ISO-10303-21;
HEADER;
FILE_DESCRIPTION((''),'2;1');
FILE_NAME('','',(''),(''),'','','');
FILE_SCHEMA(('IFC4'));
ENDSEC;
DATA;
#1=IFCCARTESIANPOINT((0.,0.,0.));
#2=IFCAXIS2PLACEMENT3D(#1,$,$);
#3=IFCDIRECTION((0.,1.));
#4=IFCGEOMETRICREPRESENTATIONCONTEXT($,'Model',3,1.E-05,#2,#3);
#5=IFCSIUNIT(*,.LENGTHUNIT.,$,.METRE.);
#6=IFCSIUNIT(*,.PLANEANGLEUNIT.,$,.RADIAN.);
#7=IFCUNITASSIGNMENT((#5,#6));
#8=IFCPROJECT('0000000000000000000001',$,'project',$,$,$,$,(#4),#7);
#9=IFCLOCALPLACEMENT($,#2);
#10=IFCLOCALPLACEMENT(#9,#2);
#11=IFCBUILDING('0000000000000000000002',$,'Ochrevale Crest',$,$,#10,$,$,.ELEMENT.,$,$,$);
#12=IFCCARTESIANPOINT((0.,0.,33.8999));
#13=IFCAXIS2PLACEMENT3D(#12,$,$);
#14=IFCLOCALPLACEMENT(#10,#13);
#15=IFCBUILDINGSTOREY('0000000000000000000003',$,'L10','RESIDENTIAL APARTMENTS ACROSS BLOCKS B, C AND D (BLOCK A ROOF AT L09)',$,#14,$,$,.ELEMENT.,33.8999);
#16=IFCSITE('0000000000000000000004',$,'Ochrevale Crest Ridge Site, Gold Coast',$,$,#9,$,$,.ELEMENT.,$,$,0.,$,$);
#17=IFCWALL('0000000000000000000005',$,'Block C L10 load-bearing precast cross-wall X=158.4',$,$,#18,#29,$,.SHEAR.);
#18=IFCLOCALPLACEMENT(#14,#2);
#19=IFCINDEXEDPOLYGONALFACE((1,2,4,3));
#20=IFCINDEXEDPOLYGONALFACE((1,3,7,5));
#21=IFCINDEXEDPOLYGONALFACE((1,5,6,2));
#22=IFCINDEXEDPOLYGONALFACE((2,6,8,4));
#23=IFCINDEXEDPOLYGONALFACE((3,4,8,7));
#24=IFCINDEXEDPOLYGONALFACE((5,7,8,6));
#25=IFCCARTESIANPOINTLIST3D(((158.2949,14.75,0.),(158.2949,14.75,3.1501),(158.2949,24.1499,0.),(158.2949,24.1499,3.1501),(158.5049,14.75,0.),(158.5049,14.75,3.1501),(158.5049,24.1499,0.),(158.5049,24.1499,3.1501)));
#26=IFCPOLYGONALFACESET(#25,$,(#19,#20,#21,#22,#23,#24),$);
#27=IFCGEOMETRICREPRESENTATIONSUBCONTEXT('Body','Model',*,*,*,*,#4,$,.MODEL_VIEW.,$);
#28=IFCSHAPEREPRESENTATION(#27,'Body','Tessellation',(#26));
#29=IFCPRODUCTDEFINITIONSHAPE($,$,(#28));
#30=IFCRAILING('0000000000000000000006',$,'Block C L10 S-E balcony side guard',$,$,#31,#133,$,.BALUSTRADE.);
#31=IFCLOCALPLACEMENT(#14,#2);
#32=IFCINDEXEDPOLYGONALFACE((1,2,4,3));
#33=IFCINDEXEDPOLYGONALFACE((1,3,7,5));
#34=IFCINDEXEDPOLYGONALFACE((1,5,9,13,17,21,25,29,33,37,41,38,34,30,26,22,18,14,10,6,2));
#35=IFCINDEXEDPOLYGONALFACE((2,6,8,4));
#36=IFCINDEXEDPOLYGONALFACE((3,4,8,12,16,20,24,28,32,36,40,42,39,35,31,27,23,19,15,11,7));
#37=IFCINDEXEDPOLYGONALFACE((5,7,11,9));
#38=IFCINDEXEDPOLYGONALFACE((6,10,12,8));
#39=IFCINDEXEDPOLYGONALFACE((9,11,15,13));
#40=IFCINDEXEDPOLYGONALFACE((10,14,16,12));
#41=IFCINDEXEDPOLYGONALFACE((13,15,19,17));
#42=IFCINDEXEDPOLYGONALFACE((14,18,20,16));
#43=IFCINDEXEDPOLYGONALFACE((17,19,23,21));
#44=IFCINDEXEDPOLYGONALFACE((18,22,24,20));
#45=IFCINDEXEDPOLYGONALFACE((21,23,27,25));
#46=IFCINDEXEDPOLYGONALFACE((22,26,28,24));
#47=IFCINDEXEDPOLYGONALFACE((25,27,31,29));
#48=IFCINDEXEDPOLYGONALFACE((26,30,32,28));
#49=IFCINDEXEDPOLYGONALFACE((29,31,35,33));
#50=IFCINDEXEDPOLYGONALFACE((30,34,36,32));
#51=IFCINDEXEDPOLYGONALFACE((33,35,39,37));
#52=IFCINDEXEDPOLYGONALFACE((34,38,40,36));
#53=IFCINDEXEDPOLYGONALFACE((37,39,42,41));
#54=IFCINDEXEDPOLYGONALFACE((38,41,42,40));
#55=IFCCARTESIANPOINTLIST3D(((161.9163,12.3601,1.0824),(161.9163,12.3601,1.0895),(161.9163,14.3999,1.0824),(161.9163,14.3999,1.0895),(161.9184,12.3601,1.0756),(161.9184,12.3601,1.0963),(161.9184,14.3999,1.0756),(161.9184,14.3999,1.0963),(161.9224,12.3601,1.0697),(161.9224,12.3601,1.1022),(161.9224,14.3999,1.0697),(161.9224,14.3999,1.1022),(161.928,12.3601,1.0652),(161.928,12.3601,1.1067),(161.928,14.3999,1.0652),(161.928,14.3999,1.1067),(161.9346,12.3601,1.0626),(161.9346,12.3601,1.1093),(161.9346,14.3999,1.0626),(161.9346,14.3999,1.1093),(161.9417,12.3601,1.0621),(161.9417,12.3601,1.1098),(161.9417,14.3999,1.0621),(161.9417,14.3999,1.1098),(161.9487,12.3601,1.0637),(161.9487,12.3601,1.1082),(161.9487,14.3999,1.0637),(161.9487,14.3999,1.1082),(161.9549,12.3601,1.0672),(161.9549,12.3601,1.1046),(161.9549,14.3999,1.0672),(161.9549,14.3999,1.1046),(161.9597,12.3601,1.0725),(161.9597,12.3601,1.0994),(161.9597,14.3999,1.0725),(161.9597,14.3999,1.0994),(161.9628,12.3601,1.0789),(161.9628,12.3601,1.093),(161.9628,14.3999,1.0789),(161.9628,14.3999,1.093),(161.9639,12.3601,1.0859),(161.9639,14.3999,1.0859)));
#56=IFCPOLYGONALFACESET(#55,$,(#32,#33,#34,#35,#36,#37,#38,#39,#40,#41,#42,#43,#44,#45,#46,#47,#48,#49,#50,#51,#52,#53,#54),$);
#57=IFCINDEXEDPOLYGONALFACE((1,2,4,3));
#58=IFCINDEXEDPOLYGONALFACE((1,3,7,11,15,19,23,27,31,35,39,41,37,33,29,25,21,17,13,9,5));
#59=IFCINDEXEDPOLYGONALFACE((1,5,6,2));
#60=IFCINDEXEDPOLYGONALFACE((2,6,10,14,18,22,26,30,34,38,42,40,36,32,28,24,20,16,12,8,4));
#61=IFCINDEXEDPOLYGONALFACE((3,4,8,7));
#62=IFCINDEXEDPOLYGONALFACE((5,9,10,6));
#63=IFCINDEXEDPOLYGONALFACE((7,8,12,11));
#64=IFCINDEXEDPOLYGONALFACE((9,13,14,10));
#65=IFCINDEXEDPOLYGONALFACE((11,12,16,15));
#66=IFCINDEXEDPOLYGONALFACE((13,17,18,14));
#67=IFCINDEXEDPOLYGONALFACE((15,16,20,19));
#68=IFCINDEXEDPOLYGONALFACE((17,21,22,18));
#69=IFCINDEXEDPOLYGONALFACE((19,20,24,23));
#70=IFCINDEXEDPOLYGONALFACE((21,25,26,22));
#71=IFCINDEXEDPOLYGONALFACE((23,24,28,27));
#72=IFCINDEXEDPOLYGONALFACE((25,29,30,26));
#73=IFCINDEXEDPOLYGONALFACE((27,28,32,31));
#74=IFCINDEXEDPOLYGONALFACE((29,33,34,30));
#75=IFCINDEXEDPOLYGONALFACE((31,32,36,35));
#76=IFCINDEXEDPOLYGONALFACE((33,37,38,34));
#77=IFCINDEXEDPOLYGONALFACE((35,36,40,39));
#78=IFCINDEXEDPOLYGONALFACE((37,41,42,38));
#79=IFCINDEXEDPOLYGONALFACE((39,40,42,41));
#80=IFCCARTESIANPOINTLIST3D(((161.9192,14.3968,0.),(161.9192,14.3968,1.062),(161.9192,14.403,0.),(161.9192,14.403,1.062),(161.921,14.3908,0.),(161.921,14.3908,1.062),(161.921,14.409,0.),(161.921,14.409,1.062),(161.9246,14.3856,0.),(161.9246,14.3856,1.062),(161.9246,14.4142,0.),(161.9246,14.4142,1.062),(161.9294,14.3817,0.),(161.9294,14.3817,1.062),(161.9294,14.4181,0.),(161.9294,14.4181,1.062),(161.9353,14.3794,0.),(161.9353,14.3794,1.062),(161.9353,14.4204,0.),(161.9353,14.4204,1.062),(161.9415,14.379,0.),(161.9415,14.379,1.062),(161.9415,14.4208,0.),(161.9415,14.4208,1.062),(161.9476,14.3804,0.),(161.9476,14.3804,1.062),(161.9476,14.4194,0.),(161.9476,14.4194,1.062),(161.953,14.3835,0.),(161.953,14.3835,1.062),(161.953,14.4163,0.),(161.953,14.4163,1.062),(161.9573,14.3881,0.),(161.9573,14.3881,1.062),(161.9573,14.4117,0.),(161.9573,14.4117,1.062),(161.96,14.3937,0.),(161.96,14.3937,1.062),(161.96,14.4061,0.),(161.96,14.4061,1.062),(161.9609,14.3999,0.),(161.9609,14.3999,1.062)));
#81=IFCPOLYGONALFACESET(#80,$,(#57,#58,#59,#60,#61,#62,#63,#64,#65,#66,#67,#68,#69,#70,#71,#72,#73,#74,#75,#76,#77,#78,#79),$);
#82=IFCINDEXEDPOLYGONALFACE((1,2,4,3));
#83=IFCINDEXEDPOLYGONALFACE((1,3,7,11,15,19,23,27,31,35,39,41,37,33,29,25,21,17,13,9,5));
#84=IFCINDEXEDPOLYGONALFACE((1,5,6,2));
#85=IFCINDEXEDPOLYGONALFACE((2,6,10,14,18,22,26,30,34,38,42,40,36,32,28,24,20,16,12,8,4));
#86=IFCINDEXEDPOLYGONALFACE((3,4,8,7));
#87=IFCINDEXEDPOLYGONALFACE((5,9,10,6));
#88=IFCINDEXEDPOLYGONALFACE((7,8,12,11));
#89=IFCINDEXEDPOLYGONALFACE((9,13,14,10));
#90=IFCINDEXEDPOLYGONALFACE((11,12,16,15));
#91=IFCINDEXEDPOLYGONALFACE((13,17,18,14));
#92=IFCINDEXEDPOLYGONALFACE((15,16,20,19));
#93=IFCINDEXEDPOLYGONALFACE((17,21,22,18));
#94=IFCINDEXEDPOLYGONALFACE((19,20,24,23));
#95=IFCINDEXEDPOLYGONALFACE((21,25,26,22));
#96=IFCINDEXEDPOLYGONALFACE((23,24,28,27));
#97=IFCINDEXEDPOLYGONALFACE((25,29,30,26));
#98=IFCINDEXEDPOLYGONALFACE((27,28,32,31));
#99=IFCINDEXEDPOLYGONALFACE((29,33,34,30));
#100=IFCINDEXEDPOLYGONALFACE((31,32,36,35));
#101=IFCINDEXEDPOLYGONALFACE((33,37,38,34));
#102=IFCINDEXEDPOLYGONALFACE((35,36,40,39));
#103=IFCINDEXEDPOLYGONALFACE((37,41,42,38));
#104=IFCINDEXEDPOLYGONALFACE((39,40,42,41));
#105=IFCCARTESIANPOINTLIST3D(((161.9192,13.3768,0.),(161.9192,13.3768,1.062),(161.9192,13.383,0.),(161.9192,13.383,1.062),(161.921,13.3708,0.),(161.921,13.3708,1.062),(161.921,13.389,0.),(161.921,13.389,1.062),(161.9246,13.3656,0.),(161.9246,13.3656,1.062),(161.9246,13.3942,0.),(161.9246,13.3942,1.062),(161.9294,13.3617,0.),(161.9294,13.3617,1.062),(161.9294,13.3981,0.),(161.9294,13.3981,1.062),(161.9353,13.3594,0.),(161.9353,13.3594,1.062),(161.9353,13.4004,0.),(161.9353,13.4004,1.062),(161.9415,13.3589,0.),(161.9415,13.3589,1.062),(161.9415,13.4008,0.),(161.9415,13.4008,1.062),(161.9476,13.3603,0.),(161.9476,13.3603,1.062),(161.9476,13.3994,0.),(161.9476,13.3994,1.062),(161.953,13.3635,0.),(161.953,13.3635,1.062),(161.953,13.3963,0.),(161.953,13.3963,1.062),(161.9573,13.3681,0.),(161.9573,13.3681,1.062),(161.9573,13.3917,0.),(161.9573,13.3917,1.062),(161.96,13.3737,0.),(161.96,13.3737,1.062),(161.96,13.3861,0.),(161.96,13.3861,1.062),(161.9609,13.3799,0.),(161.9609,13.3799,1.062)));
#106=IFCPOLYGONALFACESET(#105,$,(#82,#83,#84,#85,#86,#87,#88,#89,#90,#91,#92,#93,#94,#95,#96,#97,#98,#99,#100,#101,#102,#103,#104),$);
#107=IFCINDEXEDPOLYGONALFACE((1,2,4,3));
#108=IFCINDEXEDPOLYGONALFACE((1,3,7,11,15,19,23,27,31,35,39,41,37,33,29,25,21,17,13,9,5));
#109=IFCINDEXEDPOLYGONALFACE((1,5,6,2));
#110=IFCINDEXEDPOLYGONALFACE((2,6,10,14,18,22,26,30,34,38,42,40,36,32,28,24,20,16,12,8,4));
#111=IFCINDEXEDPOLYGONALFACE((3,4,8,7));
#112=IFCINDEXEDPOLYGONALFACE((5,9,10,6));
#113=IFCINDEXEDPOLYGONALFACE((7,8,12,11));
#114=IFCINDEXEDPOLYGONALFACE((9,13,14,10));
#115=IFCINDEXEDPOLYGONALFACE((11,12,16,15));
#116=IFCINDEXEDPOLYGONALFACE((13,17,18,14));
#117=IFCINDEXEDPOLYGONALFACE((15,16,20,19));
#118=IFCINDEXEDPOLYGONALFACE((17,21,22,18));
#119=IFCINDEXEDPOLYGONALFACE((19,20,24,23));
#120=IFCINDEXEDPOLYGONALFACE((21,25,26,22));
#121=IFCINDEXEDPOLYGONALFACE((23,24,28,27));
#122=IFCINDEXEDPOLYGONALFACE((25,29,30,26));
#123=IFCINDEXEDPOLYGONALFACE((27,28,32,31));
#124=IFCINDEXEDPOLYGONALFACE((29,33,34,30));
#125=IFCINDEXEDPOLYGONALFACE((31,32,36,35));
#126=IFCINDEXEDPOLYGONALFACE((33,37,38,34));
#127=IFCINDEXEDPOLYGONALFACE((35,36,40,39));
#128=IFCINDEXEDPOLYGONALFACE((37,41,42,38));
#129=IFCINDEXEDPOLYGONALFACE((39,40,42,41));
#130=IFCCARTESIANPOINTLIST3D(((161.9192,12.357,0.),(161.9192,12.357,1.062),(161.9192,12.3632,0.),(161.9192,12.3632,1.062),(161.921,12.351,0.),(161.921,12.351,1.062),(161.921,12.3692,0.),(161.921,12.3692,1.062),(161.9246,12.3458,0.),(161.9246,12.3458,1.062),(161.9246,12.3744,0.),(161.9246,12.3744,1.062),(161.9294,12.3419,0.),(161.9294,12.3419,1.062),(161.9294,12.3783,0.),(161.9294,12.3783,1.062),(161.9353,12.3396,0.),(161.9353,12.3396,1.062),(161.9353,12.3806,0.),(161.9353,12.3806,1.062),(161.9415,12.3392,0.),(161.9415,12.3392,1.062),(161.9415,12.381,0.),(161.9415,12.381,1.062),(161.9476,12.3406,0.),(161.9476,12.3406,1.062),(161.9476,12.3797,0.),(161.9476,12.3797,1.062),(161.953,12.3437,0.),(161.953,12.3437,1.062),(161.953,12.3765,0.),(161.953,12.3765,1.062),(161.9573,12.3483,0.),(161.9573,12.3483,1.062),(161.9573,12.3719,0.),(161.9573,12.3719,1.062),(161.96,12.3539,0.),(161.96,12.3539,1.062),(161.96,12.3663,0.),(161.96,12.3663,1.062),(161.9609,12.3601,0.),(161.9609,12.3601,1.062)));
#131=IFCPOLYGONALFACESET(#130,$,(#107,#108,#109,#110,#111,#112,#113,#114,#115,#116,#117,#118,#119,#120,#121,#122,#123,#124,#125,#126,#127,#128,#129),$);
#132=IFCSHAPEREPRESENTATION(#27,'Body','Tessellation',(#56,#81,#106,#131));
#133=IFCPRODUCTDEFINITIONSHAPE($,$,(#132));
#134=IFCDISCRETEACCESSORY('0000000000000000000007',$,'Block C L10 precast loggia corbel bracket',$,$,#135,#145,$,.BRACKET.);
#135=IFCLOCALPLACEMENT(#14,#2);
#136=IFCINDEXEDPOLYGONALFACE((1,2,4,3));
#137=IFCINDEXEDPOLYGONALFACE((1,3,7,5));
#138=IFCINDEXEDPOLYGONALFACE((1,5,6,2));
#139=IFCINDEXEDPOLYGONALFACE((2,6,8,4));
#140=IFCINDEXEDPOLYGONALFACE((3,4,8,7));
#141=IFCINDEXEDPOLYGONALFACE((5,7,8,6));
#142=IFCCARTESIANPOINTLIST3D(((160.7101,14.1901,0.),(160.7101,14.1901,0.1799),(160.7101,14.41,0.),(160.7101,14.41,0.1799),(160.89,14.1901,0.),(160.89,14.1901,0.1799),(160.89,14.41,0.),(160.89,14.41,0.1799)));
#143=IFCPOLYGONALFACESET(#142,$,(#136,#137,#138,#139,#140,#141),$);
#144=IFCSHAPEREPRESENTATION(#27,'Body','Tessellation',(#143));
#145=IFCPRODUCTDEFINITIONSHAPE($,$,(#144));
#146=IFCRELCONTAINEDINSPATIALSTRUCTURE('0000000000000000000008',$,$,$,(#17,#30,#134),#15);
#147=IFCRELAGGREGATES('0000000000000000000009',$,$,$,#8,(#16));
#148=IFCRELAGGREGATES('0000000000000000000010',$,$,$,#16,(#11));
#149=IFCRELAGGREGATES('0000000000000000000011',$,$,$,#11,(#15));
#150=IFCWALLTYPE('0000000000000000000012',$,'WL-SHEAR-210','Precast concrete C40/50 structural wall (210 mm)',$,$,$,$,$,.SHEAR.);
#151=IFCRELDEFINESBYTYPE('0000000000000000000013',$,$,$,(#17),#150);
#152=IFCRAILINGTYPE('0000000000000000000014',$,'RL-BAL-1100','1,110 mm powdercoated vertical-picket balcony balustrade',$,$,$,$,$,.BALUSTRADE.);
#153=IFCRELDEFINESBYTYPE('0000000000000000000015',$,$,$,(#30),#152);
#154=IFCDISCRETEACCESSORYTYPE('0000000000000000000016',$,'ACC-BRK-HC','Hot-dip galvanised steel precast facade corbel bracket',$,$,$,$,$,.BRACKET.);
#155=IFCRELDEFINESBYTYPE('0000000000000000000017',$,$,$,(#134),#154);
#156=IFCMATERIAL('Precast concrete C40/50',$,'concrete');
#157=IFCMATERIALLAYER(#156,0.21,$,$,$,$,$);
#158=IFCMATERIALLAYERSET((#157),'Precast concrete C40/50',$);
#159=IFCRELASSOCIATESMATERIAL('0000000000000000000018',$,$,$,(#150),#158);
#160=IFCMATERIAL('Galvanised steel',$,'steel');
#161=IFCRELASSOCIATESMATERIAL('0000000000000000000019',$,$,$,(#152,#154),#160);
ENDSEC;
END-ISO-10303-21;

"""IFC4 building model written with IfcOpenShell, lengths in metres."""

from ifc_helpers import new_model, si_unit, direction, frame, frame_2d, origin, origin_2d, place, context, subcontext, project, spatial, rectangle, circle, extrude, material, layer, layer_set, type_object, element, save


model = new_model("IFC4")

# Units and contexts
model_context = context("Model", 3, precision=1e-05, world=origin(), true_north=direction((0.0, 1.0)))
body_context = subcontext(model_context, "Body", "Model", "MODEL_VIEW")
ifc_project = project(units=[si_unit("LENGTHUNIT", "METRE"), si_unit("PLANEANGLEUNIT", "RADIAN")], contexts=[model_context])

# Site, building, storey
site_placement = place(None, origin())
site = spatial("IfcSite", under=ifc_project, at=site_placement, Name="Ochrevale Crest Ridge Site, Gold Coast", CompositionType="ELEMENT", RefElevation=0.0)
building_placement = place(site_placement, origin())
building = spatial("IfcBuilding", under=site, at=building_placement, Name="Ochrevale Crest", CompositionType="ELEMENT")
storey_placement = place(building_placement, frame((0.0, 0.0, 33.8999)))
storey = spatial("IfcBuildingStorey", under=building, at=storey_placement, Name="L10", Description="RESIDENTIAL APARTMENTS ACROSS BLOCKS B, C AND D (BLOCK A ROOF AT L09)", CompositionType="ELEMENT", Elevation=33.8999)

# Shared definitions
ifc_material_1 = material(Name="Precast concrete C40/50", Category="concrete")

# Wall
ifc_layer_1 = layer(ifc_material_1, 0.21)
ifc_layer_set_1 = layer_set([ifc_layer_1], Name="Precast concrete C40/50")
wall_type_1 = type_object("IfcWallType", Name="WL-SHEAR-210", Description="Precast concrete C40/50 structural wall (210 mm)", PredefinedType="SHEAR", material=ifc_layer_set_1)
wall_1_placement = place(storey_placement, frame((158.3999, 14.75, 0.0), z_axis=(0.0, 0.0, 1.0), x_axis=(0.0, 1.0, 0.0)))
element("IfcWall", 1, at=wall_1_placement, inside=storey, type_object=wall_type_1, Name="Block C L10 load-bearing precast cross-wall X=158.4", PredefinedType="SHEAR", context=body_context, shape_type="SweptSolid", body=[
    extrude(rectangle(XDim=9.3999, YDim=0.21, at=frame_2d((4.7, 0.0))), origin(), (0.0, 0.0, 1.0), 3.1501),
])

# Railing
ifc_material_2 = material(Name="Galvanised steel", Category="steel")
railing_type = type_object("IfcRailingType", Name="RL-BAL-1100", Description="1,110 mm powdercoated vertical-picket balcony balustrade", PredefinedType="BALUSTRADE", material=ifc_material_2)
railing_placement = place(storey_placement, frame((161.9399, 14.3999, 0.0)))
element("IfcRailing", 2, at=railing_placement, inside=storey, type_object=railing_type, Name="Block C L10 S-E balcony side guard", PredefinedType="BALUSTRADE", context=body_context, shape_type="SweptSolid", body=[
    extrude(circle(Radius=0.0239, at=origin_2d()), frame((0.0, 0.0, 1.0859), z_axis=(0.0, -1.0, 0.0), x_axis=(1.0, 0.0, 0.0)), (0.0, 0.0, 1.0), 2.0398),
    extrude(circle(Radius=0.021, at=origin_2d()), origin(), (0.0, 0.0, 1.0), 1.062),
    extrude(circle(Radius=0.021, at=origin_2d()), frame((0.0, -1.02, 0.0)), (0.0, 0.0, 1.0), 1.062),
    extrude(circle(Radius=0.021, at=origin_2d()), frame((0.0, -2.0398, 0.0)), (0.0, 0.0, 1.0), 1.062),
])

# Discrete accessory
discrete_accessory_type = type_object("IfcDiscreteAccessoryType", Name="ACC-BRK-HC", Description="Hot-dip galvanised steel precast facade corbel bracket", PredefinedType="BRACKET", material=ifc_material_2)
discrete_accessory_placement = place(storey_placement, frame((160.8, 14.3, 0.0), z_axis=(0.0, 0.0, 1.0), x_axis=(1.0, 0.0, 0.0)))
element("IfcDiscreteAccessory", 3, at=discrete_accessory_placement, inside=storey, type_object=discrete_accessory_type, Name="Block C L10 precast loggia corbel bracket", PredefinedType="BRACKET", context=body_context, shape_type="SweptSolid", body=[
    extrude(rectangle(XDim=0.1799, YDim=0.22, at=origin_2d()), origin(), (0.0, 0.0, 1.0), 0.1799),
])

save(model, "model.ifc")
